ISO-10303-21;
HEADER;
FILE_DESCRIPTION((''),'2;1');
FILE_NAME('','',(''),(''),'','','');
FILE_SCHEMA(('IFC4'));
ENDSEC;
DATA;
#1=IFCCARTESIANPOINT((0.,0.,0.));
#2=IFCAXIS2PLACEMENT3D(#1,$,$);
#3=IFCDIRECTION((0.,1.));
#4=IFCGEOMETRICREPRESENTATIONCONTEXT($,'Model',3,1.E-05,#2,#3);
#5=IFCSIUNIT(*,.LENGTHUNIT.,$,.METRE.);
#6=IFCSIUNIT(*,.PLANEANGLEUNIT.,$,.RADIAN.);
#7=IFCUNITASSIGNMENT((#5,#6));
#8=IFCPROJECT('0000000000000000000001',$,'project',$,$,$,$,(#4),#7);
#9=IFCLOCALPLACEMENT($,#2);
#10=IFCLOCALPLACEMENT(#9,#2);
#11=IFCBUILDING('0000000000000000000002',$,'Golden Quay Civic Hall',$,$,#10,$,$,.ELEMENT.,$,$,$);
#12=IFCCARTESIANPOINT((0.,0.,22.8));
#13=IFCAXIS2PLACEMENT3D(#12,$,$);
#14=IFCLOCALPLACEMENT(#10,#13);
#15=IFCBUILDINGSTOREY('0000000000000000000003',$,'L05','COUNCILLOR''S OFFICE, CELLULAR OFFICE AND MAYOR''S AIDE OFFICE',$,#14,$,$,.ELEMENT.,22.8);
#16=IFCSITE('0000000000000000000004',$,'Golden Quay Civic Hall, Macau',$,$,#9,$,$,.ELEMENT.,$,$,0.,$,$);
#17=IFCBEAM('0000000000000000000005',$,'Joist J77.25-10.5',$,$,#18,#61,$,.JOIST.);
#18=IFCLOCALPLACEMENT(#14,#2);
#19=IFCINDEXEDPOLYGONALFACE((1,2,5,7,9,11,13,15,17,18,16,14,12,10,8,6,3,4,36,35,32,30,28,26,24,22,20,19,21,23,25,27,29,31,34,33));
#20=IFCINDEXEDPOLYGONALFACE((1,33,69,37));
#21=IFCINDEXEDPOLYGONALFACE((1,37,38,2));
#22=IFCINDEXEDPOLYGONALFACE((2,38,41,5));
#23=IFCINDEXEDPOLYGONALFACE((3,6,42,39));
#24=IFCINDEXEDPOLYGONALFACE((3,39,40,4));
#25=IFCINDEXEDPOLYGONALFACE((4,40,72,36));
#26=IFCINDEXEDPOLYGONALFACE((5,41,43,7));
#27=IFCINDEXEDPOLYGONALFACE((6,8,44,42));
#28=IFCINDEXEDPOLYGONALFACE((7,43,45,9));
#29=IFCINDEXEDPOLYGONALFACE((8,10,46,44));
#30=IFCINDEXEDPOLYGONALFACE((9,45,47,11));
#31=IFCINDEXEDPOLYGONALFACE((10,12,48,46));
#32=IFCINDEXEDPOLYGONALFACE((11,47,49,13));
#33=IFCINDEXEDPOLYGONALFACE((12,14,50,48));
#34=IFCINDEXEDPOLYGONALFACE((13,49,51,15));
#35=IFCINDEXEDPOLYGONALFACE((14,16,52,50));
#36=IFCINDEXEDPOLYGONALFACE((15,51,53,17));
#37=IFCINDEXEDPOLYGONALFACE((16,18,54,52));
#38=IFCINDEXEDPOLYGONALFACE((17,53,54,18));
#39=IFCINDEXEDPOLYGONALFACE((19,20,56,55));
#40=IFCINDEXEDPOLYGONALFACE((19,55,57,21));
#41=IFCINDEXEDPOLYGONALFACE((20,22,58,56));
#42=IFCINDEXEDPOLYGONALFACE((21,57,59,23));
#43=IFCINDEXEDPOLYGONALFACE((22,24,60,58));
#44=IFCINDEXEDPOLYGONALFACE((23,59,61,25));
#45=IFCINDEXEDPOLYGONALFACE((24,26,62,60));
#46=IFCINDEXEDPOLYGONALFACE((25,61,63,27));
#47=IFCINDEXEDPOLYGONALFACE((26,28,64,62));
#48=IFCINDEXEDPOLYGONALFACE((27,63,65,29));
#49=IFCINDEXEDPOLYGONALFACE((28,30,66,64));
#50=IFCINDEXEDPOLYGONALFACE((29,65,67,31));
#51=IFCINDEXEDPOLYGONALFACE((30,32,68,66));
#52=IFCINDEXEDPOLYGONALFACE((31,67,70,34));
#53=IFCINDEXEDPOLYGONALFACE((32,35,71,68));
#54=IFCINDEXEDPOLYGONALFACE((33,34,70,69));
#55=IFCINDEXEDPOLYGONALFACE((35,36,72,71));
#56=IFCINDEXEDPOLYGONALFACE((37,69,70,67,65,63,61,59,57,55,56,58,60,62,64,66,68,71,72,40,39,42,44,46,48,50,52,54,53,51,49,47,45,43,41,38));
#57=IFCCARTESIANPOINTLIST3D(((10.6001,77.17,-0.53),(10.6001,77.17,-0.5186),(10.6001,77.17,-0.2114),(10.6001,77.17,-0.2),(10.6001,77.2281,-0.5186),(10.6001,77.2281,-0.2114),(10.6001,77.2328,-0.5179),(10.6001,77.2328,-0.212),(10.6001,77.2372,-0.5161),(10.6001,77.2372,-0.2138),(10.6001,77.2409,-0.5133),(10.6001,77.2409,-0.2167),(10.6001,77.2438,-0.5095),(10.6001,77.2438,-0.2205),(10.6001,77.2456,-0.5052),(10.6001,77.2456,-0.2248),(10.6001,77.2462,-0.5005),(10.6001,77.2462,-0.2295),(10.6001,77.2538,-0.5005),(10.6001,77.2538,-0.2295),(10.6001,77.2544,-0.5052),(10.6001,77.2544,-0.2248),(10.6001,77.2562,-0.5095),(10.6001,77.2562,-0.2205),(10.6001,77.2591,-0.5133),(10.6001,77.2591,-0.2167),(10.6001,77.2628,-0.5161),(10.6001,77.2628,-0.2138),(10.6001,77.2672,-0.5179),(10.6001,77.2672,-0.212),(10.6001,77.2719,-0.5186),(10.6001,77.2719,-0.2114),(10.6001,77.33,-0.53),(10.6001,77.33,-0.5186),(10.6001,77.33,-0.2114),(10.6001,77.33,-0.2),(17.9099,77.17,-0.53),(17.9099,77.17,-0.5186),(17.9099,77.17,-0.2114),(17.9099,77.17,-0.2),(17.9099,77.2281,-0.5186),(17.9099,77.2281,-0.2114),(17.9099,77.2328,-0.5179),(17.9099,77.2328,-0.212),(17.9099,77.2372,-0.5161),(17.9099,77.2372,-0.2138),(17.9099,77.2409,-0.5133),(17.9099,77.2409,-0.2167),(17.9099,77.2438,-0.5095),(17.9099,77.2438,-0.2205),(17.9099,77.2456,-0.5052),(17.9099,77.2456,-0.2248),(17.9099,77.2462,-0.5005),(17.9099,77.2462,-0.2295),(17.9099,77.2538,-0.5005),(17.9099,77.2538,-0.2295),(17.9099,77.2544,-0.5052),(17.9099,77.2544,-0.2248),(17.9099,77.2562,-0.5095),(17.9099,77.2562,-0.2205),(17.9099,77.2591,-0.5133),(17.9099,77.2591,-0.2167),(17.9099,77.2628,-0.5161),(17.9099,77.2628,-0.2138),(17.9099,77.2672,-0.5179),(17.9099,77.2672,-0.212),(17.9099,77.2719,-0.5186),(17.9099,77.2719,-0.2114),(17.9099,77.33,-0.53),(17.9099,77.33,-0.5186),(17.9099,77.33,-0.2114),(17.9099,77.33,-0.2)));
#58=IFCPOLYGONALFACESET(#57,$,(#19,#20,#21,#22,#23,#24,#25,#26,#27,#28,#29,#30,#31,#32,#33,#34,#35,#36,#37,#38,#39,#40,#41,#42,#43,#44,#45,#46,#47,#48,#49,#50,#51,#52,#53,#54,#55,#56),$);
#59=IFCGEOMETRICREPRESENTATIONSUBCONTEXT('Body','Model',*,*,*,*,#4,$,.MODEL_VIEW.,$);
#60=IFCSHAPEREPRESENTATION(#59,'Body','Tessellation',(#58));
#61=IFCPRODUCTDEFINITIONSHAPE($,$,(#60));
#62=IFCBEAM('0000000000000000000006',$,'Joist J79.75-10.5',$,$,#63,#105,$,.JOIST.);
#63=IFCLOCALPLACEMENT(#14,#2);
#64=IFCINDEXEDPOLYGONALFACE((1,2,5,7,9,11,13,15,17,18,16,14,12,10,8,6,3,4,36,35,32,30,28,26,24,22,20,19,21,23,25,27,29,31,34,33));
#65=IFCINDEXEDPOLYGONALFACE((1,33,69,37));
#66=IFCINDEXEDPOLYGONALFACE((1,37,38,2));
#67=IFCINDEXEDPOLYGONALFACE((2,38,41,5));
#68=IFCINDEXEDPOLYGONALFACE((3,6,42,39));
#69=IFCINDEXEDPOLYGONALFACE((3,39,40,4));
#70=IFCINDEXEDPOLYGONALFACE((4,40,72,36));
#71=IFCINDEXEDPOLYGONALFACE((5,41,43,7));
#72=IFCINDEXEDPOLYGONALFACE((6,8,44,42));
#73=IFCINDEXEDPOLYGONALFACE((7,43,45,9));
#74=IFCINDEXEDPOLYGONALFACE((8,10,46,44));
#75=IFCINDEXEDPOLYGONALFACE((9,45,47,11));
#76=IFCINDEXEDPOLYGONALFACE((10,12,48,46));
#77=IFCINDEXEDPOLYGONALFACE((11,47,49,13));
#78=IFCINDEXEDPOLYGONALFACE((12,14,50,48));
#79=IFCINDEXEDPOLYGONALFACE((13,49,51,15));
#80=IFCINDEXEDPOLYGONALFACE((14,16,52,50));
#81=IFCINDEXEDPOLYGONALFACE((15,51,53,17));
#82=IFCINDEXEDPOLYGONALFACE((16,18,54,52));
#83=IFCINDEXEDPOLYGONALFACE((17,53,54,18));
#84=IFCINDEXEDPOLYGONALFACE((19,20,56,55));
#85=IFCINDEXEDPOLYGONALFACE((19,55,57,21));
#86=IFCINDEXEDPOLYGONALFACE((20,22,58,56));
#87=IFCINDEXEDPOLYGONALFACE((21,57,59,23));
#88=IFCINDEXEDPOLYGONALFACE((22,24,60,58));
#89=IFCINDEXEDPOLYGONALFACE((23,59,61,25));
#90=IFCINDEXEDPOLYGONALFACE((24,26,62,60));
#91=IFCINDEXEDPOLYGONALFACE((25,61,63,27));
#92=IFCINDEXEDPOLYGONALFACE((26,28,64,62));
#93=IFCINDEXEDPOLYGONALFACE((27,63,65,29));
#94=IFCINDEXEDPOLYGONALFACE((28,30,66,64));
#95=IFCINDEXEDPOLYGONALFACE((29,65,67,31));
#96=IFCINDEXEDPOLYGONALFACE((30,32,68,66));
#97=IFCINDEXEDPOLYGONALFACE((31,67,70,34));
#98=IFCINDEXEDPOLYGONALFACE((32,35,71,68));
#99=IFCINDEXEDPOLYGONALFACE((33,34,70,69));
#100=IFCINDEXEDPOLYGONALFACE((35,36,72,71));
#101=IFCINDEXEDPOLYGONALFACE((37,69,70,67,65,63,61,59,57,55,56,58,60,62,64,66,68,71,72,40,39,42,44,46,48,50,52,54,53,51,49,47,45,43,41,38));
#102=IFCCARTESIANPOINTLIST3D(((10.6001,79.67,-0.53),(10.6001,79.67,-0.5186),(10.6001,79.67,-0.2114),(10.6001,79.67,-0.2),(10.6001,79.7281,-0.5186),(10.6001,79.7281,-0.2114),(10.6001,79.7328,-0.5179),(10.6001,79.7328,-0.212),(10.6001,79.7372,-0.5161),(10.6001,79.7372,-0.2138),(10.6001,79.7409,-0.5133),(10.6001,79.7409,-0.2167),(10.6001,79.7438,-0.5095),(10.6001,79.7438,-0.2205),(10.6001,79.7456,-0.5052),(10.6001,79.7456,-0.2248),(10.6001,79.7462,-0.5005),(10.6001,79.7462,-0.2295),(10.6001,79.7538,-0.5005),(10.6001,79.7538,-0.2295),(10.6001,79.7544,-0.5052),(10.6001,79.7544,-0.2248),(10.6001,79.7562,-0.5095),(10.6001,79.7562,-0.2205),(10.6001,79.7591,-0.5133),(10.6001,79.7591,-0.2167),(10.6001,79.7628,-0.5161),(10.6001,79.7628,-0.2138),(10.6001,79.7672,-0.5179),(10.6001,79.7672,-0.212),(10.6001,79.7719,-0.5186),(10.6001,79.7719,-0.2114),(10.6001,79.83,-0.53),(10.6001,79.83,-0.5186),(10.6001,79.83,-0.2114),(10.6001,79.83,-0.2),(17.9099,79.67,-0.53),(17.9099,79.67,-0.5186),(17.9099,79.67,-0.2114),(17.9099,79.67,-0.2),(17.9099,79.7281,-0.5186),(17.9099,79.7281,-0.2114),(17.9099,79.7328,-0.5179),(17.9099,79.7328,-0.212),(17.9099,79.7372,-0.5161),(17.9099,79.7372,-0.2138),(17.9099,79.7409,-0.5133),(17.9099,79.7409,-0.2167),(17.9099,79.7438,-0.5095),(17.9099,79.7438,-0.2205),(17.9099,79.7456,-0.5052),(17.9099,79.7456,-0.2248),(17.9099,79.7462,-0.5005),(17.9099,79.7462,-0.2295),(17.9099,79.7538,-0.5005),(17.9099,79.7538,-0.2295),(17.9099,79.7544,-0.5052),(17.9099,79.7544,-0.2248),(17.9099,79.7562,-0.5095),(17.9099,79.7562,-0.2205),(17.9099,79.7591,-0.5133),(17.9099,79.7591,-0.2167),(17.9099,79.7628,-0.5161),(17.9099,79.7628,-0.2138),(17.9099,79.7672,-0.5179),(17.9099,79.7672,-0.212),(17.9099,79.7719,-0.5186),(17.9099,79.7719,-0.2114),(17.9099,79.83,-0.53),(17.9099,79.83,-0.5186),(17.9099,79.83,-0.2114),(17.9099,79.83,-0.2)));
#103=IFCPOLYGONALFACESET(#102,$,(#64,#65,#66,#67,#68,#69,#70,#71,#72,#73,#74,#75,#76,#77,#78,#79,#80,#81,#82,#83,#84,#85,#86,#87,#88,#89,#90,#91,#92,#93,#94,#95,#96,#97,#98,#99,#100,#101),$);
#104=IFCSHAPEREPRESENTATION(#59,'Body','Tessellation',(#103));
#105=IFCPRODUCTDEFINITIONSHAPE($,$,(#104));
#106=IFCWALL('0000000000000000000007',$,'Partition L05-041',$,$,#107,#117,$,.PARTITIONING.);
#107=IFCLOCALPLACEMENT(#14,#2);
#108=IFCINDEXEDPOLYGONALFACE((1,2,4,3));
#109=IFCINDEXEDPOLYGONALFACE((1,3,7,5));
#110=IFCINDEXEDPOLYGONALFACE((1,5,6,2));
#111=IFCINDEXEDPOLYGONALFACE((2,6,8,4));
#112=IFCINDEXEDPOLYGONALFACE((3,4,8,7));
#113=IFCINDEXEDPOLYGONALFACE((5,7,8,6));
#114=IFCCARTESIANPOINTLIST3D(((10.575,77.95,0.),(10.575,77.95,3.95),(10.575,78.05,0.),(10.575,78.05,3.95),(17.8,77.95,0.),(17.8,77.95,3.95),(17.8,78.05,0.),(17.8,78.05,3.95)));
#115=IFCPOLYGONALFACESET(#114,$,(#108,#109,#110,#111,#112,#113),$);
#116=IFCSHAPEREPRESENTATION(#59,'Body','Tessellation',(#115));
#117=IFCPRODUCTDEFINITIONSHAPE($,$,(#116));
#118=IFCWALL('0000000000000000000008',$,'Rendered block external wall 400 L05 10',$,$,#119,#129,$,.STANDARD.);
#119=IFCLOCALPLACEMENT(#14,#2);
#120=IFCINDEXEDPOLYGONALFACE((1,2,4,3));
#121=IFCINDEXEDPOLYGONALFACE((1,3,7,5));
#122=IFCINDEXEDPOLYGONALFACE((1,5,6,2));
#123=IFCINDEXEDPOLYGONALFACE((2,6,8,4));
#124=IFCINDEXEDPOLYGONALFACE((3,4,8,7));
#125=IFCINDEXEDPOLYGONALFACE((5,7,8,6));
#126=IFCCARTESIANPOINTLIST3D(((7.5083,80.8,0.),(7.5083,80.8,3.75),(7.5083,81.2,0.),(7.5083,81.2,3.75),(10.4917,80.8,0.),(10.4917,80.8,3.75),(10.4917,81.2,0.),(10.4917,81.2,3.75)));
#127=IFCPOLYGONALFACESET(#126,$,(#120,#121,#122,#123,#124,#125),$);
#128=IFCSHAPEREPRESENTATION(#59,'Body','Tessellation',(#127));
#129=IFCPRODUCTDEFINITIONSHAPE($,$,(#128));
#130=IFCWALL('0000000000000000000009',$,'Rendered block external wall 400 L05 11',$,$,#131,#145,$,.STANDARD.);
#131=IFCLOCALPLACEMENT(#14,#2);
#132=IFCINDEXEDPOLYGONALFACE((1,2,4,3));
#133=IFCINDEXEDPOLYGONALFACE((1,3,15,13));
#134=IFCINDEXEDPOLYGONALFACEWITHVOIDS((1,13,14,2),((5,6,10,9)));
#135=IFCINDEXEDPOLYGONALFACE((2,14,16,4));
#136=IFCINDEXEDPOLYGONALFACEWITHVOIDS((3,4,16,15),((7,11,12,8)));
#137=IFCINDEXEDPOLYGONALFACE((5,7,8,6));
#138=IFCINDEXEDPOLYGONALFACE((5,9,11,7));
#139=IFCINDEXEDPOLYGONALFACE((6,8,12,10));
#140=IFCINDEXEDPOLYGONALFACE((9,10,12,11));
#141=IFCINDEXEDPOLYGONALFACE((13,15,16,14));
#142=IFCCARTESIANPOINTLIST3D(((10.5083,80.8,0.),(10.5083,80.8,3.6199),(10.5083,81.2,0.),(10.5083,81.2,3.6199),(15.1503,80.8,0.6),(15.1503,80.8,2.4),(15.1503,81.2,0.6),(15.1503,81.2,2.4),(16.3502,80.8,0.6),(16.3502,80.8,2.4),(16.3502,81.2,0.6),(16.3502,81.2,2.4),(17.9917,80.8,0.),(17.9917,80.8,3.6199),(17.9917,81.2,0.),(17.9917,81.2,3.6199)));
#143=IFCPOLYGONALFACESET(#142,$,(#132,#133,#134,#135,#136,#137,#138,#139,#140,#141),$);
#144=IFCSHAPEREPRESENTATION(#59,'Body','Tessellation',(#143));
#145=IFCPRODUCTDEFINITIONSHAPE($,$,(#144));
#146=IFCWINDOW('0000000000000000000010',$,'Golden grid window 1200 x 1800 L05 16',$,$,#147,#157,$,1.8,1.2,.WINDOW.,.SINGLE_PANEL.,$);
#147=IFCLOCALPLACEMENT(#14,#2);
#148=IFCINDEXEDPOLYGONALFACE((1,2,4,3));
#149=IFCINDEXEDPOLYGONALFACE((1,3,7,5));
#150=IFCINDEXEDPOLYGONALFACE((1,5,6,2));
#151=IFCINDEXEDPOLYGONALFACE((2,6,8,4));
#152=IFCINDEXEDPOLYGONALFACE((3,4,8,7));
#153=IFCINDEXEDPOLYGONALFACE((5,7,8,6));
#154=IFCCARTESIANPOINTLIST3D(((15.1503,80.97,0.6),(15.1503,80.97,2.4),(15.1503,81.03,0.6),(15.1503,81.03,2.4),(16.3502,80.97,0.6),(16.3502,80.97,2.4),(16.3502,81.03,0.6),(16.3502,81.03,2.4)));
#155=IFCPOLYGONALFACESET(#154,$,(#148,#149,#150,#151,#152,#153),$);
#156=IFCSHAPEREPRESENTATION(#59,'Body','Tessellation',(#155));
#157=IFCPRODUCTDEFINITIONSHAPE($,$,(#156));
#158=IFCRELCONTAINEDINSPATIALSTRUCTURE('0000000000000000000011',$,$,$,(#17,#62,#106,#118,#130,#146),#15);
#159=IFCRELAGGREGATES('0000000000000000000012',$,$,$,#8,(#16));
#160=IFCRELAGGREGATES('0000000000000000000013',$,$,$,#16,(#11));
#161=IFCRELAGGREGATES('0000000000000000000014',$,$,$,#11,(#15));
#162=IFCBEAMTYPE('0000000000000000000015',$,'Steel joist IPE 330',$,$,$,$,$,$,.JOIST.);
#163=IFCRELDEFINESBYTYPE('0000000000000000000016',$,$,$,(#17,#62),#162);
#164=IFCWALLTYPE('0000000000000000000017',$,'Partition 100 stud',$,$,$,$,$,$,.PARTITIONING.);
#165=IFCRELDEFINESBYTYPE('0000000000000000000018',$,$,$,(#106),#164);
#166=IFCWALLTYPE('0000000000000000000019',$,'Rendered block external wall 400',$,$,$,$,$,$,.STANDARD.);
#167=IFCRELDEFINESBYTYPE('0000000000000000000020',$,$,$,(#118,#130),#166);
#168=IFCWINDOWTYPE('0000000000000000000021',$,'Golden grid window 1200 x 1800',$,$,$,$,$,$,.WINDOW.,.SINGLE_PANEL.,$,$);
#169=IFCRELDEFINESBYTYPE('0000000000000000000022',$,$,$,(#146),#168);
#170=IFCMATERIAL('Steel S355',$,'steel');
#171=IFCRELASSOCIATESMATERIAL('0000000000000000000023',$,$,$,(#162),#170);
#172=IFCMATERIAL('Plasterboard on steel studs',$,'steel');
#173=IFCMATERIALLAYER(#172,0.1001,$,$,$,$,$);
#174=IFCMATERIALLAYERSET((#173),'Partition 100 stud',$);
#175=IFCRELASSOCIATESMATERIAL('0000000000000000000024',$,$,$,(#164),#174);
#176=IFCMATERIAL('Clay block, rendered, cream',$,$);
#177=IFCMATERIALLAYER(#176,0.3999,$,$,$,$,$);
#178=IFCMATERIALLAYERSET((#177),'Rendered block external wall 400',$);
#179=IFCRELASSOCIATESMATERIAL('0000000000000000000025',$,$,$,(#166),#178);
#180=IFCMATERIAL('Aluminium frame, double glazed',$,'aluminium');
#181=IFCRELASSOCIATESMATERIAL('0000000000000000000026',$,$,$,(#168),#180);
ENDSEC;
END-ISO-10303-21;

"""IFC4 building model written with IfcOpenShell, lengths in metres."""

from ifc_helpers import new_model, si_unit, direction, frame, frame_2d, origin, origin_2d, place, context, subcontext, project, spatial, rectangle, i_section, extrude, material, layer, layer_set, material_profile, profile_set, type_object, element, fill, save


model = new_model("IFC4")

# Units and contexts
model_context = context("Model", 3, precision=1e-05, world=origin(), true_north=direction((0.0, 1.0)))
body_context = subcontext(model_context, "Body", "Model", "MODEL_VIEW")
ifc_project = project(units=[si_unit("LENGTHUNIT", "METRE"), si_unit("PLANEANGLEUNIT", "RADIAN")], contexts=[model_context])

# Site, building, storey
site_placement = place(None, origin())
site = spatial("IfcSite", under=ifc_project, at=site_placement, Name="Golden Quay Civic Hall, Macau", CompositionType="ELEMENT", RefElevation=0.0)
building_placement = place(site_placement, origin())
building = spatial("IfcBuilding", under=site, at=building_placement, Name="Golden Quay Civic Hall", CompositionType="ELEMENT")
storey_placement = place(building_placement, frame((0.0, 0.0, 22.8)))
storey = spatial("IfcBuildingStorey", under=building, at=storey_placement, Name="L05", Description="COUNCILLOR'S OFFICE, CELLULAR OFFICE AND MAYOR'S AIDE OFFICE", CompositionType="ELEMENT", Elevation=22.8)

# Beams
ifc_material_1 = material(Name="Steel S355", Category="steel")
ifc_material_profile_1 = material_profile(ifc_material_1, i_section(OverallWidth=0.1599, OverallDepth=0.3301, WebThickness=0.0076, FlangeThickness=0.0115, FilletRadius=0.0181, at=origin_2d()), Name="IPE 330")
ifc_profile_set_1 = profile_set([ifc_material_profile_1], Name="Steel S355")
beam_type_1 = type_object("IfcBeamType", Name="Steel joist IPE 330", PredefinedType="JOIST", material=ifc_profile_set_1)
for number, where, z_axis, x_axis, name in (
    (1, (10.6001, 77.25, -0.365), (1.0, 0.0, 0.0), (0.0, 1.0, 0.0), "Joist J77.25-10.5"),
    (2, (10.6001, 79.75, -0.365), (1.0, 0.0, 0.0), (0.0, 1.0, 0.0), "Joist J79.75-10.5"),
):
    element("IfcBeam", number, at=place(storey_placement, frame(where, z_axis=z_axis, x_axis=x_axis)), inside=storey, type_object=beam_type_1, Name=name, PredefinedType="JOIST", context=body_context, shape_type="SweptSolid", body=[
        extrude(i_section(OverallWidth=0.1599, OverallDepth=0.3301, WebThickness=0.0076, FlangeThickness=0.0115, FilletRadius=0.0181, at=origin_2d()), origin(), (0.0, 0.0, 1.0), 7.3098),
    ])

# Walls
ifc_material_2 = material(Name="Plasterboard on steel studs", Category="steel")
ifc_layer_1 = layer(ifc_material_2, 0.1001)
ifc_layer_set_1 = layer_set([ifc_layer_1], Name="Partition 100 stud")
wall_type_1 = type_object("IfcWallType", Name="Partition 100 stud", PredefinedType="PARTITIONING", material=ifc_layer_set_1)
wall_1_placement = place(storey_placement, frame((10.575, 78.0, 0.0), z_axis=(0.0, 0.0, 1.0), x_axis=(1.0, 0.0, 0.0)))
element("IfcWall", 3, at=wall_1_placement, inside=storey, type_object=wall_type_1, Name="Partition L05-041", PredefinedType="PARTITIONING", context=body_context, shape_type="SweptSolid", body=[
    extrude(rectangle(XDim=7.2251, YDim=0.1001, at=frame_2d((3.6125, 0.0))), origin(), (0.0, 0.0, 1.0), 3.95),
])
ifc_material_3 = material(Name="Clay block, rendered, cream")
ifc_layer_2 = layer(ifc_material_3, 0.3999)
ifc_layer_set_2 = layer_set([ifc_layer_2], Name="Rendered block external wall 400")
wall_type_2 = type_object("IfcWallType", Name="Rendered block external wall 400", PredefinedType="STANDARD", material=ifc_layer_set_2)
wall_2_placement = place(storey_placement, frame((7.5083, 81.0, 0.0), z_axis=(0.0, 0.0, 1.0), x_axis=(1.0, 0.0, 0.0)))
element("IfcWall", 4, at=wall_2_placement, inside=storey, type_object=wall_type_2, Name="Rendered block external wall 400 L05 10", PredefinedType="STANDARD", context=body_context, shape_type="SweptSolid", body=[
    extrude(rectangle(XDim=2.9834, YDim=0.3999, at=frame_2d((1.4917, 0.0))), origin(), (0.0, 0.0, 1.0), 3.75),
])

# Wall, opening, window
wall_3_placement = place(storey_placement, frame((10.5083, 81.0, 0.0), z_axis=(0.0, 0.0, 1.0), x_axis=(1.0, 0.0, 0.0)))
wall_3 = element("IfcWall", 5, at=wall_3_placement, inside=storey, type_object=wall_type_2, Name="Rendered block external wall 400 L05 11", PredefinedType="STANDARD", context=body_context, shape_type="SweptSolid", body=[
    extrude(rectangle(XDim=7.4834, YDim=0.3999, at=frame_2d((3.7417, 0.0))), origin(), (0.0, 0.0, 1.0), 3.6199),
])
opening_placement = place(wall_3_placement, frame((4.6418, 0.0, 0.6001)))
opening = element("IfcOpeningElement", 6, at=opening_placement, cuts=wall_3, PredefinedType="OPENING", context=body_context, shape_type="SweptSolid", body=[
    extrude(rectangle(XDim=1.2, YDim=1.8, at=frame_2d((0.6001, 0.8999))), frame((0.0, 0.21, 0.0), z_axis=(0.0, -1.0, 0.0), x_axis=(1.0, 0.0, 0.0)), (0.0, 0.0, 1.0), 0.4199),
])
ifc_material_4 = material(Name="Aluminium frame, double glazed", Category="aluminium")
window_type = type_object("IfcWindowType", Name="Golden grid window 1200 x 1800", PartitioningType="SINGLE_PANEL", PredefinedType="WINDOW", material=ifc_material_4)
window_placement = place(opening_placement, origin())
window = element("IfcWindow", 7, at=window_placement, inside=storey, type_object=window_type, Name="Golden grid window 1200 x 1800 L05 16", OverallHeight=1.8, OverallWidth=1.2, PartitioningType="SINGLE_PANEL", PredefinedType="WINDOW", context=body_context, shape_type="SweptSolid", body=[
    extrude(rectangle(XDim=1.2, YDim=1.8, at=frame_2d((0.6001, 0.8999))), frame((0.0, 0.03, 0.0), z_axis=(0.0, -1.0, 0.0), x_axis=(1.0, 0.0, 0.0)), (0.0, 0.0, 1.0), 0.0601),
])
fill(opening, window)

save(model, "model.ifc")
